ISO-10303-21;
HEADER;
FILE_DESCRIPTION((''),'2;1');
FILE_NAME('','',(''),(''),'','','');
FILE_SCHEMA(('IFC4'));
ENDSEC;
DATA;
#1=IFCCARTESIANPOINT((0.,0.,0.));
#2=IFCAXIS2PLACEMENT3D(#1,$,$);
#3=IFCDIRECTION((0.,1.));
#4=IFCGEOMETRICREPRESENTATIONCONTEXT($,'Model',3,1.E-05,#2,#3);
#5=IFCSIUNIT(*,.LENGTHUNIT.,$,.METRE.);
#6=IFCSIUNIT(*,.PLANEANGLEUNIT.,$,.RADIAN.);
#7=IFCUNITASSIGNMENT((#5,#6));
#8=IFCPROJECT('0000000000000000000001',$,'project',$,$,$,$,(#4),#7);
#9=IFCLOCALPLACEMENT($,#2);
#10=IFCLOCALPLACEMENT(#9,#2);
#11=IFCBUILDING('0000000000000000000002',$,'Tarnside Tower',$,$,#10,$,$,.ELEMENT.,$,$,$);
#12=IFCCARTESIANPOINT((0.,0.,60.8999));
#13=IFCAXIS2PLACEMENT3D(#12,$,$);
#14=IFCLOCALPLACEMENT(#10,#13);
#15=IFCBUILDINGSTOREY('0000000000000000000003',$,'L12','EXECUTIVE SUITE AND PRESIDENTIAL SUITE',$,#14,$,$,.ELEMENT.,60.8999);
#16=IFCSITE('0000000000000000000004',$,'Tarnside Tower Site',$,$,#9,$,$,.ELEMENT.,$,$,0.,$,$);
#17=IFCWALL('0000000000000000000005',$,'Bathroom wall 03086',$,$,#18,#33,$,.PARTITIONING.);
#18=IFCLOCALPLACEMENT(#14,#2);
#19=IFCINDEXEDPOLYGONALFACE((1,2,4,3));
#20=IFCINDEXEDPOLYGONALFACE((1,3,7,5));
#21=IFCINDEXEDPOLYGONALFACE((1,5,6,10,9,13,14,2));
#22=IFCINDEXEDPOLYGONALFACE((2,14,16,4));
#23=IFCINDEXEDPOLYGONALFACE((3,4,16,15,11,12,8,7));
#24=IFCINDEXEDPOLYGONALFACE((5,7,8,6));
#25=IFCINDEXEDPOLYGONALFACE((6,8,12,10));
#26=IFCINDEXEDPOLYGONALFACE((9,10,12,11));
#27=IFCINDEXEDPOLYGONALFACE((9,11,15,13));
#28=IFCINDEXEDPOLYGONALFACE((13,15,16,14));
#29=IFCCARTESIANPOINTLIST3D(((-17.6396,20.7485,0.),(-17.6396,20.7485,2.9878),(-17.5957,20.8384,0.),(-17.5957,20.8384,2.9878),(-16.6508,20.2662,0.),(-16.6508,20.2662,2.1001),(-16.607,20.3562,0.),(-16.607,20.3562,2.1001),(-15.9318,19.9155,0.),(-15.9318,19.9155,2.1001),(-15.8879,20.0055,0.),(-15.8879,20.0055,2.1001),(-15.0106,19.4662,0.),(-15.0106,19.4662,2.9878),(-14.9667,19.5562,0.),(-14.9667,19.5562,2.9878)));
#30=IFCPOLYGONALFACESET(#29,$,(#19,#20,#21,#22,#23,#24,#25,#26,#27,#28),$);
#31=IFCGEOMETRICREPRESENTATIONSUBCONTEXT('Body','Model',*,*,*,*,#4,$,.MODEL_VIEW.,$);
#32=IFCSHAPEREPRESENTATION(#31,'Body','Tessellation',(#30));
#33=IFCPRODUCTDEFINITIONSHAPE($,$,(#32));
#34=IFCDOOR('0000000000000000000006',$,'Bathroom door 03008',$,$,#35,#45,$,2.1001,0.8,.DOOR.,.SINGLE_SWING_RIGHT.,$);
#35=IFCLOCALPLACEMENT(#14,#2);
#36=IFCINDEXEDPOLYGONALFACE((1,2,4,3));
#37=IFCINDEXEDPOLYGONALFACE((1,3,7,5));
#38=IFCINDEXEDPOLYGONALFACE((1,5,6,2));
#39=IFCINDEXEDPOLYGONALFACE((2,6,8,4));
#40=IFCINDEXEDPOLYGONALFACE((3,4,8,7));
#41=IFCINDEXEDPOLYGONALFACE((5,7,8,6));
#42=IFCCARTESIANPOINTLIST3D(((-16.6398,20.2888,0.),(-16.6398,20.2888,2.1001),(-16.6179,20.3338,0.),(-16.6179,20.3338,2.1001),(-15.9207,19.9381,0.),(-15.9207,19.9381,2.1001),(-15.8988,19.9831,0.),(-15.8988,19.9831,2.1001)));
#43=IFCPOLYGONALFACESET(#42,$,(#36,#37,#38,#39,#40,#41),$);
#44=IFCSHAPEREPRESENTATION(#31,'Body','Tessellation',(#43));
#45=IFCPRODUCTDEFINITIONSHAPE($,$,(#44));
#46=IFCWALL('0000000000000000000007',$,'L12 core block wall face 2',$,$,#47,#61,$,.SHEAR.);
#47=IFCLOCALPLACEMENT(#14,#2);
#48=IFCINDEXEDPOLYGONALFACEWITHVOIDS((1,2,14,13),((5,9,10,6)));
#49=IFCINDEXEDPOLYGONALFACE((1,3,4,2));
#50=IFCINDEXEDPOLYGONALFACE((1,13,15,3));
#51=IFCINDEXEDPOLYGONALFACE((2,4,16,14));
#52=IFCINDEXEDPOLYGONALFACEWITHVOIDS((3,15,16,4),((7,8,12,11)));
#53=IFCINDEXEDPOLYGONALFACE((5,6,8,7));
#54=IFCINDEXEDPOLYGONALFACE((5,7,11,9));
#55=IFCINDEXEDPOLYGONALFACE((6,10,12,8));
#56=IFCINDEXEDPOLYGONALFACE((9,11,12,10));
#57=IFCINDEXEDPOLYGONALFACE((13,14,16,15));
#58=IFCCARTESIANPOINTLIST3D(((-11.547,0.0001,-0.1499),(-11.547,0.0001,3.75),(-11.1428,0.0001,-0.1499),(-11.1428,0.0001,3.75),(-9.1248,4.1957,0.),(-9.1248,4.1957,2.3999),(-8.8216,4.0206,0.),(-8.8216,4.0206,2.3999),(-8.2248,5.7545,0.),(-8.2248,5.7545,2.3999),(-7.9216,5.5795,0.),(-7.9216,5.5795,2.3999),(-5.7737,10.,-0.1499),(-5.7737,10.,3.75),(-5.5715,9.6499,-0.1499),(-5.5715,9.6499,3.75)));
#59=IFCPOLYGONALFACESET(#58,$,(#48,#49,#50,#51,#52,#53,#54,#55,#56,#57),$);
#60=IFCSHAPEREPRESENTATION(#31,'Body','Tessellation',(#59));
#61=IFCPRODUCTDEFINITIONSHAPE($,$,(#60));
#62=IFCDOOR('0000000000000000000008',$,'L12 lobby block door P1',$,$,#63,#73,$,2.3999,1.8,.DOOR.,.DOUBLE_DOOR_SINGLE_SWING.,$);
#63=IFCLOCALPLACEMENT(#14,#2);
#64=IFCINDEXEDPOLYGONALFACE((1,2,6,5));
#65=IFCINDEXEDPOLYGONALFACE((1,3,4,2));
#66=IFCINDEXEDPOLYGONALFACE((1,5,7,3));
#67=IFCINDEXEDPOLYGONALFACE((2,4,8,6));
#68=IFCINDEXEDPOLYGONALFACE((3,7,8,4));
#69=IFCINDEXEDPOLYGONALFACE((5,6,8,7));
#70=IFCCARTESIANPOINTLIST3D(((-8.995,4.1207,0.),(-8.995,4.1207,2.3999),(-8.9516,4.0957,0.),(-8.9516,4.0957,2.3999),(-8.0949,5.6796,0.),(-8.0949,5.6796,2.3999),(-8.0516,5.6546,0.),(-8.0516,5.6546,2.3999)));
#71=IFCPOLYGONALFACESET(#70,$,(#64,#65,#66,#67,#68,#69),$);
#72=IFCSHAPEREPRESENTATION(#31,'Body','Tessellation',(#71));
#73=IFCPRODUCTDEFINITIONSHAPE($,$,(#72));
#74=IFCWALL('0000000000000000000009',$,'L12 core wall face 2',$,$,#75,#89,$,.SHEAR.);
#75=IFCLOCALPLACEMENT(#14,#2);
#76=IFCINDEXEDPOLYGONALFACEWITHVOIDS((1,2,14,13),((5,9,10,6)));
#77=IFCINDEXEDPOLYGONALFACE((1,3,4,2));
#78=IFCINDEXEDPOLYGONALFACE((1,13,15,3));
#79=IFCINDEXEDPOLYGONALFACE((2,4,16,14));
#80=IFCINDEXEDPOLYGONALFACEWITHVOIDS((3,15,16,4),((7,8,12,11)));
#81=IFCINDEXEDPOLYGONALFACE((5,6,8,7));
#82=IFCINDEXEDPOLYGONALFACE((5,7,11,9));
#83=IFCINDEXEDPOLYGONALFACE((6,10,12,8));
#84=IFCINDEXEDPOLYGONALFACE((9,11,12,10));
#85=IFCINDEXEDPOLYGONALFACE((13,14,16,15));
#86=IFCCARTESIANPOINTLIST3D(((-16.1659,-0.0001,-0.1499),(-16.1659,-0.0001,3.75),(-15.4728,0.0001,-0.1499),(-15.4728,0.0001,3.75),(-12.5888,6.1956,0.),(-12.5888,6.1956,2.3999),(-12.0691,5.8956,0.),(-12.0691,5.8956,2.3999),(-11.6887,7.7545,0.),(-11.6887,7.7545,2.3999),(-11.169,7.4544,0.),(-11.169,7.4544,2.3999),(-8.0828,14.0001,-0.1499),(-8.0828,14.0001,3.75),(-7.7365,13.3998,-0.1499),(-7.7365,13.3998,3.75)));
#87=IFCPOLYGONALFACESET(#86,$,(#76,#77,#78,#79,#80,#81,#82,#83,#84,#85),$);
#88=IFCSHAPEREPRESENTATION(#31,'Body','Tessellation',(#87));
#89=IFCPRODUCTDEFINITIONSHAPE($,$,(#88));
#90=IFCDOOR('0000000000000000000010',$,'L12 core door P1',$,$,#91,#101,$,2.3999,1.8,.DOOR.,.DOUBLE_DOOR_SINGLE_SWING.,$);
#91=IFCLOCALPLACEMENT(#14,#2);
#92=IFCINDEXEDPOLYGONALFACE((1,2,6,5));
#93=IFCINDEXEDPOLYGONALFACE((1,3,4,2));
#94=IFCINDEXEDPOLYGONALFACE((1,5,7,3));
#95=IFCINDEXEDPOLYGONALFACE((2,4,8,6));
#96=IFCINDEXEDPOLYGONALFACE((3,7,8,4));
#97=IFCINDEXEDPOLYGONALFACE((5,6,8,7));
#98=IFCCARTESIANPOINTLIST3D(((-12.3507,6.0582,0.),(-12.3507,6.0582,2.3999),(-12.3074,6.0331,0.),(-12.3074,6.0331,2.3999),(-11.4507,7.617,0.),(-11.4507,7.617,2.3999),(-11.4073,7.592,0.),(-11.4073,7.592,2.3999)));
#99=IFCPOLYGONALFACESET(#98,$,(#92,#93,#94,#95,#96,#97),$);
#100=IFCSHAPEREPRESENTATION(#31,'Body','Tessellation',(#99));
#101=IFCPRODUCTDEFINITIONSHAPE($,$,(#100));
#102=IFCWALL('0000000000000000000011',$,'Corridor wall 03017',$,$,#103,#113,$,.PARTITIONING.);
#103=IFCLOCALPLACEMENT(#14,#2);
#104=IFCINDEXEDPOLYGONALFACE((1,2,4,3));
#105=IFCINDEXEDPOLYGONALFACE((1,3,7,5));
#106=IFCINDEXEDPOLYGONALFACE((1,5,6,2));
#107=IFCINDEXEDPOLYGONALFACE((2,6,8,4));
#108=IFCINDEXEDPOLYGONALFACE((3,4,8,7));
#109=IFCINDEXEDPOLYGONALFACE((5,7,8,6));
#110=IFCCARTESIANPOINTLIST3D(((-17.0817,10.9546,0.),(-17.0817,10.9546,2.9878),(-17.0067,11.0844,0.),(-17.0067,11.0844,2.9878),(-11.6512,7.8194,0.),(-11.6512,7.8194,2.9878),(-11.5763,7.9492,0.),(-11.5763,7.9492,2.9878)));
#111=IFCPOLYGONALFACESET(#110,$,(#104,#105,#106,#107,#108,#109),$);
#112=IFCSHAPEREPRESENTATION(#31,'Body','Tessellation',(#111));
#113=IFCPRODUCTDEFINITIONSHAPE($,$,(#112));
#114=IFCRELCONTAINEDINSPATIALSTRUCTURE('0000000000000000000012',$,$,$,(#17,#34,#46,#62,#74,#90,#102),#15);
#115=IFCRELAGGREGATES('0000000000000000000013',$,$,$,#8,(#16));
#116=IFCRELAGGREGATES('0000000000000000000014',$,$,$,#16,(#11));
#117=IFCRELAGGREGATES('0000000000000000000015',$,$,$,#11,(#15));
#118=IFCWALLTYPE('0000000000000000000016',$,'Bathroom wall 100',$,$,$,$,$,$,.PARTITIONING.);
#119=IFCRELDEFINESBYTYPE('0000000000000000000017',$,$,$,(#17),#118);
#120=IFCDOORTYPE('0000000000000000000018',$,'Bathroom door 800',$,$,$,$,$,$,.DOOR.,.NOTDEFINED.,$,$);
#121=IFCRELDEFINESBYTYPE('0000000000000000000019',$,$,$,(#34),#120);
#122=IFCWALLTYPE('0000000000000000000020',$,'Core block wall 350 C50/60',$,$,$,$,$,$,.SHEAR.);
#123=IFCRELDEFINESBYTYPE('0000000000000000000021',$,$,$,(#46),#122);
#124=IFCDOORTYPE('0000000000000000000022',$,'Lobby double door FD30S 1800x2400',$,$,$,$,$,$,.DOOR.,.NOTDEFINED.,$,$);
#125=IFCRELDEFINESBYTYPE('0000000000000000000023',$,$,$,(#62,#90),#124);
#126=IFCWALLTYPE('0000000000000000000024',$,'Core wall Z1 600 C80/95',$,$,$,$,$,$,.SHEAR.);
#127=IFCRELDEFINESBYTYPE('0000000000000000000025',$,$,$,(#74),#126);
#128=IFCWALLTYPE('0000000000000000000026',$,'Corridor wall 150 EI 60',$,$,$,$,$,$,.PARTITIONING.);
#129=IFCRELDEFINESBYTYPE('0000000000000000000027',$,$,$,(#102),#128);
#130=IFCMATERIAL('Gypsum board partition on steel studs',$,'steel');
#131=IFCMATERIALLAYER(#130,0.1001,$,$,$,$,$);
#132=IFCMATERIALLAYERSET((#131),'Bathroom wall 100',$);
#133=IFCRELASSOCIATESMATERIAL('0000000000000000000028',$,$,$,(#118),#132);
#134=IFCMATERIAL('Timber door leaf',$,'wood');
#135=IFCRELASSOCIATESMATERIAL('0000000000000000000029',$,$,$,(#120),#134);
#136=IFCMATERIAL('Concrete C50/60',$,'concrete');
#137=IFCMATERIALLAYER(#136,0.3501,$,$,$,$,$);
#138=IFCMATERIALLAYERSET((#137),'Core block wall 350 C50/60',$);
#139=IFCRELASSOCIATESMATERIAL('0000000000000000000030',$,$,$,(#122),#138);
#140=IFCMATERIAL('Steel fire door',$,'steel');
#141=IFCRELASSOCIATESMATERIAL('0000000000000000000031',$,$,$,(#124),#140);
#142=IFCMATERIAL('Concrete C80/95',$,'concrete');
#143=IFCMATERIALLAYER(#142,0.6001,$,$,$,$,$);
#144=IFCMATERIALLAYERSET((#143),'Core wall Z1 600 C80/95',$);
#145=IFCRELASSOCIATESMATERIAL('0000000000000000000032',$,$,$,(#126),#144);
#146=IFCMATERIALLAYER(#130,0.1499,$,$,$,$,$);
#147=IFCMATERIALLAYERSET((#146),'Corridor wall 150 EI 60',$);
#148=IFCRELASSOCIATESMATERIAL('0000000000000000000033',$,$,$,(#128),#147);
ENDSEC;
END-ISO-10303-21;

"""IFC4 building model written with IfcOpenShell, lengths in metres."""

from ifc_helpers import new_model, si_unit, direction, frame, frame_2d, origin, place, context, subcontext, project, spatial, polyline, rectangle, outline, extrude, material, layer, layer_set, type_object, element, fill, save


model = new_model("IFC4")

# Units and contexts
model_context = context("Model", 3, precision=1e-05, world=origin(), true_north=direction((0.0, 1.0)))
body_context = subcontext(model_context, "Body", "Model", "MODEL_VIEW")
ifc_project = project(units=[si_unit("LENGTHUNIT", "METRE"), si_unit("PLANEANGLEUNIT", "RADIAN")], contexts=[model_context])

# Site, building, storey
site_placement = place(None, origin())
site = spatial("IfcSite", under=ifc_project, at=site_placement, Name="Tarnside Tower Site", CompositionType="ELEMENT", RefElevation=0.0)
building_placement = place(site_placement, origin())
building = spatial("IfcBuilding", under=site, at=building_placement, Name="Tarnside Tower", CompositionType="ELEMENT")
storey_placement = place(building_placement, frame((0.0, 0.0, 60.8999)))
storey = spatial("IfcBuildingStorey", under=building, at=storey_placement, Name="L12", Description="EXECUTIVE SUITE AND PRESIDENTIAL SUITE", CompositionType="ELEMENT", Elevation=60.8999)

# Walls, openings, doors
ifc_material_1 = material(Name="Gypsum board partition on steel studs", Category="steel")
ifc_layer_1 = layer(ifc_material_1, 0.1001)
ifc_layer_set_1 = layer_set([ifc_layer_1], Name="Bathroom wall 100")
wall_type_1 = type_object("IfcWallType", Name="Bathroom wall 100", PredefinedType="PARTITIONING", material=ifc_layer_set_1)
wall_1_placement = place(storey_placement, frame((-14.9888, 19.5112, 0.0), z_axis=(0.0, 0.0, 1.0), x_axis=(-0.898791, 0.438378, 0.0)))
wall_1 = element("IfcWall", 1, at=wall_1_placement, inside=storey, type_object=wall_type_1, Name="Bathroom wall 03086", PredefinedType="PARTITIONING", context=body_context, shape_type="SweptSolid", body=[
    extrude(rectangle(XDim=2.925, YDim=0.1001, at=frame_2d((1.4624, 0.0))), origin(), (0.0, 0.0, 1.0), 2.9878),
])
opening_1_placement = place(wall_1_placement, frame((1.0249, 0.0, 0.0)))
opening_1 = element("IfcOpeningElement", 2, at=opening_1_placement, cuts=wall_1, PredefinedType="OPENING", context=body_context, shape_type="SweptSolid", body=[
    extrude(rectangle(XDim=0.8, YDim=2.1001, at=frame_2d((0.3999, 1.05))), frame((0.0, 0.0601, 0.0), z_axis=(0.0, -1.0, 0.0), x_axis=(1.0, 0.0, 0.0)), (0.0, 0.0, 1.0), 0.1201),
])
ifc_material_2 = material(Name="Timber door leaf", Category="wood")
door_type_1 = type_object("IfcDoorType", Name="Bathroom door 800", OperationType="NOTDEFINED", PredefinedType="DOOR", material=ifc_material_2)
door_1_placement = place(opening_1_placement, origin())
door_1 = element("IfcDoor", 3, at=door_1_placement, inside=storey, type_object=door_type_1, Name="Bathroom door 03008", OperationType="SINGLE_SWING_RIGHT", OverallHeight=2.1001, OverallWidth=0.8, PredefinedType="DOOR", context=body_context, shape_type="SweptSolid", body=[
    extrude(rectangle(XDim=0.8, YDim=2.1001, at=frame_2d((0.3999, 1.05))), frame((0.0, 0.0249, 0.0), z_axis=(0.0, -1.0, 0.0), x_axis=(1.0, 0.0, 0.0)), (0.0, 0.0, 1.0), 0.05),
])
fill(opening_1, door_1)
ifc_material_3 = material(Name="Concrete C50/60", Category="concrete")
ifc_layer_2 = layer(ifc_material_3, 0.3501)
ifc_layer_set_2 = layer_set([ifc_layer_2], Name="Core block wall 350 C50/60")
wall_type_2 = type_object("IfcWallType", Name="Core block wall 350 C50/60", PredefinedType="SHEAR", material=ifc_layer_set_2)
wall_2_placement = place(storey_placement, frame((-5.6726, 9.825, -0.1499), z_axis=(0.0, 0.0, 1.0), x_axis=(-0.499995, -0.866028, 0.0)))
wall_2 = element("IfcWall", 4, at=wall_2_placement, inside=storey, type_object=wall_type_2, Name="L12 core block wall face 2", PredefinedType="SHEAR", context=body_context, shape_type="SweptSolid", body=[
    extrude(outline(polyline([(-0.1011, -0.175), (11.4458, -0.175), (11.2437, 0.175), (0.1011, 0.175), (-0.1011, -0.175)])), origin(), (0.0, 0.0, 1.0), 3.8999),
])
opening_2_placement = place(wall_2_placement, frame((4.8013, 0.0, 0.1499)))
opening_2 = element("IfcOpeningElement", 5, at=opening_2_placement, cuts=wall_2, PredefinedType="OPENING", context=body_context, shape_type="SweptSolid", body=[
    extrude(rectangle(XDim=1.8, YDim=2.3999, at=frame_2d((0.8999, 1.2))), frame((0.0, 0.1851, 0.0), z_axis=(0.0, -1.0, 0.0), x_axis=(1.0, 0.0, 0.0)), (0.0, 0.0, 1.0), 0.3701),
])
ifc_material_4 = material(Name="Steel fire door", Category="steel")
door_type_2 = type_object("IfcDoorType", Name="Lobby double door FD30S 1800x2400", OperationType="NOTDEFINED", PredefinedType="DOOR", material=ifc_material_4)
door_2_placement = place(opening_2_placement, origin())
door_2 = element("IfcDoor", 6, at=door_2_placement, inside=storey, type_object=door_type_2, Name="L12 lobby block door P1", OperationType="DOUBLE_DOOR_SINGLE_SWING", OverallHeight=2.3999, OverallWidth=1.8, PredefinedType="DOOR", context=body_context, shape_type="SweptSolid", body=[
    extrude(rectangle(XDim=1.8, YDim=2.3999, at=frame_2d((0.8999, 1.2))), frame((0.0, 0.0249, 0.0), z_axis=(0.0, -1.0, 0.0), x_axis=(1.0, 0.0, 0.0)), (0.0, 0.0, 1.0), 0.05),
])
fill(opening_2, door_2)
ifc_material_5 = material(Name="Concrete C80/95", Category="concrete")
ifc_layer_3 = layer(ifc_material_5, 0.6001)
ifc_layer_set_3 = layer_set([ifc_layer_3], Name="Core wall Z1 600 C80/95")
wall_type_3 = type_object("IfcWallType", Name="Core wall Z1 600 C80/95", PredefinedType="SHEAR", material=ifc_layer_set_3)
wall_3_placement = place(storey_placement, frame((-7.9097, 13.7, -0.1499), z_axis=(0.0, 0.0, 1.0), x_axis=(-0.5, -0.866025, 0.0)))
wall_3 = element("IfcWall", 7, at=wall_3_placement, inside=storey, type_object=wall_type_3, Name="L12 core wall face 2", PredefinedType="SHEAR", context=body_context, shape_type="SweptSolid", body=[
    extrude(outline(polyline([(-0.1733, -0.3), (15.9927, -0.3), (15.646, 0.3), (0.1733, 0.3), (-0.1733, -0.3)])), origin(), (0.0, 0.0, 1.0), 3.8999),
])
opening_3_placement = place(wall_3_placement, frame((7.0386, 0.0, 0.1499)))
opening_3 = element("IfcOpeningElement", 8, at=opening_3_placement, cuts=wall_3, PredefinedType="OPENING", context=body_context, shape_type="SweptSolid", body=[
    extrude(rectangle(XDim=1.8, YDim=2.3999, at=frame_2d((0.8999, 1.2))), frame((0.0, 0.3101, 0.0), z_axis=(0.0, -1.0, 0.0), x_axis=(1.0, 0.0, 0.0)), (0.0, 0.0, 1.0), 0.6201),
])
door_3_placement = place(opening_3_placement, origin())
door_3 = element("IfcDoor", 9, at=door_3_placement, inside=storey, type_object=door_type_2, Name="L12 core door P1", OperationType="DOUBLE_DOOR_SINGLE_SWING", OverallHeight=2.3999, OverallWidth=1.8, PredefinedType="DOOR", context=body_context, shape_type="SweptSolid", body=[
    extrude(rectangle(XDim=1.8, YDim=2.3999, at=frame_2d((0.8999, 1.2))), frame((0.0, 0.0249, 0.0), z_axis=(0.0, -1.0, 0.0), x_axis=(1.0, 0.0, 0.0)), (0.0, 0.0, 1.0), 0.05),
])
fill(opening_3, door_3)

# Wall
ifc_layer_4 = layer(ifc_material_1, 0.1499)
ifc_layer_set_4 = layer_set([ifc_layer_4], Name="Corridor wall 150 EI 60")
wall_type_4 = type_object("IfcWallType", Name="Corridor wall 150 EI 60", PredefinedType="PARTITIONING", material=ifc_layer_set_4)
wall_4_placement = place(storey_placement, frame((-11.6138, 7.8843, 0.0), z_axis=(0.0, 0.0, 1.0), x_axis=(-0.866025, 0.5, 0.0)))
element("IfcWall", 10, at=wall_4_placement, inside=storey, type_object=wall_type_4, Name="Corridor wall 03017", PredefinedType="PARTITIONING", context=body_context, shape_type="SweptSolid", body=[
    extrude(rectangle(XDim=6.2705, YDim=0.1499, at=frame_2d((3.1353, 0.0))), origin(), (0.0, 0.0, 1.0), 2.9878),
])

save(model, "model.ifc")
